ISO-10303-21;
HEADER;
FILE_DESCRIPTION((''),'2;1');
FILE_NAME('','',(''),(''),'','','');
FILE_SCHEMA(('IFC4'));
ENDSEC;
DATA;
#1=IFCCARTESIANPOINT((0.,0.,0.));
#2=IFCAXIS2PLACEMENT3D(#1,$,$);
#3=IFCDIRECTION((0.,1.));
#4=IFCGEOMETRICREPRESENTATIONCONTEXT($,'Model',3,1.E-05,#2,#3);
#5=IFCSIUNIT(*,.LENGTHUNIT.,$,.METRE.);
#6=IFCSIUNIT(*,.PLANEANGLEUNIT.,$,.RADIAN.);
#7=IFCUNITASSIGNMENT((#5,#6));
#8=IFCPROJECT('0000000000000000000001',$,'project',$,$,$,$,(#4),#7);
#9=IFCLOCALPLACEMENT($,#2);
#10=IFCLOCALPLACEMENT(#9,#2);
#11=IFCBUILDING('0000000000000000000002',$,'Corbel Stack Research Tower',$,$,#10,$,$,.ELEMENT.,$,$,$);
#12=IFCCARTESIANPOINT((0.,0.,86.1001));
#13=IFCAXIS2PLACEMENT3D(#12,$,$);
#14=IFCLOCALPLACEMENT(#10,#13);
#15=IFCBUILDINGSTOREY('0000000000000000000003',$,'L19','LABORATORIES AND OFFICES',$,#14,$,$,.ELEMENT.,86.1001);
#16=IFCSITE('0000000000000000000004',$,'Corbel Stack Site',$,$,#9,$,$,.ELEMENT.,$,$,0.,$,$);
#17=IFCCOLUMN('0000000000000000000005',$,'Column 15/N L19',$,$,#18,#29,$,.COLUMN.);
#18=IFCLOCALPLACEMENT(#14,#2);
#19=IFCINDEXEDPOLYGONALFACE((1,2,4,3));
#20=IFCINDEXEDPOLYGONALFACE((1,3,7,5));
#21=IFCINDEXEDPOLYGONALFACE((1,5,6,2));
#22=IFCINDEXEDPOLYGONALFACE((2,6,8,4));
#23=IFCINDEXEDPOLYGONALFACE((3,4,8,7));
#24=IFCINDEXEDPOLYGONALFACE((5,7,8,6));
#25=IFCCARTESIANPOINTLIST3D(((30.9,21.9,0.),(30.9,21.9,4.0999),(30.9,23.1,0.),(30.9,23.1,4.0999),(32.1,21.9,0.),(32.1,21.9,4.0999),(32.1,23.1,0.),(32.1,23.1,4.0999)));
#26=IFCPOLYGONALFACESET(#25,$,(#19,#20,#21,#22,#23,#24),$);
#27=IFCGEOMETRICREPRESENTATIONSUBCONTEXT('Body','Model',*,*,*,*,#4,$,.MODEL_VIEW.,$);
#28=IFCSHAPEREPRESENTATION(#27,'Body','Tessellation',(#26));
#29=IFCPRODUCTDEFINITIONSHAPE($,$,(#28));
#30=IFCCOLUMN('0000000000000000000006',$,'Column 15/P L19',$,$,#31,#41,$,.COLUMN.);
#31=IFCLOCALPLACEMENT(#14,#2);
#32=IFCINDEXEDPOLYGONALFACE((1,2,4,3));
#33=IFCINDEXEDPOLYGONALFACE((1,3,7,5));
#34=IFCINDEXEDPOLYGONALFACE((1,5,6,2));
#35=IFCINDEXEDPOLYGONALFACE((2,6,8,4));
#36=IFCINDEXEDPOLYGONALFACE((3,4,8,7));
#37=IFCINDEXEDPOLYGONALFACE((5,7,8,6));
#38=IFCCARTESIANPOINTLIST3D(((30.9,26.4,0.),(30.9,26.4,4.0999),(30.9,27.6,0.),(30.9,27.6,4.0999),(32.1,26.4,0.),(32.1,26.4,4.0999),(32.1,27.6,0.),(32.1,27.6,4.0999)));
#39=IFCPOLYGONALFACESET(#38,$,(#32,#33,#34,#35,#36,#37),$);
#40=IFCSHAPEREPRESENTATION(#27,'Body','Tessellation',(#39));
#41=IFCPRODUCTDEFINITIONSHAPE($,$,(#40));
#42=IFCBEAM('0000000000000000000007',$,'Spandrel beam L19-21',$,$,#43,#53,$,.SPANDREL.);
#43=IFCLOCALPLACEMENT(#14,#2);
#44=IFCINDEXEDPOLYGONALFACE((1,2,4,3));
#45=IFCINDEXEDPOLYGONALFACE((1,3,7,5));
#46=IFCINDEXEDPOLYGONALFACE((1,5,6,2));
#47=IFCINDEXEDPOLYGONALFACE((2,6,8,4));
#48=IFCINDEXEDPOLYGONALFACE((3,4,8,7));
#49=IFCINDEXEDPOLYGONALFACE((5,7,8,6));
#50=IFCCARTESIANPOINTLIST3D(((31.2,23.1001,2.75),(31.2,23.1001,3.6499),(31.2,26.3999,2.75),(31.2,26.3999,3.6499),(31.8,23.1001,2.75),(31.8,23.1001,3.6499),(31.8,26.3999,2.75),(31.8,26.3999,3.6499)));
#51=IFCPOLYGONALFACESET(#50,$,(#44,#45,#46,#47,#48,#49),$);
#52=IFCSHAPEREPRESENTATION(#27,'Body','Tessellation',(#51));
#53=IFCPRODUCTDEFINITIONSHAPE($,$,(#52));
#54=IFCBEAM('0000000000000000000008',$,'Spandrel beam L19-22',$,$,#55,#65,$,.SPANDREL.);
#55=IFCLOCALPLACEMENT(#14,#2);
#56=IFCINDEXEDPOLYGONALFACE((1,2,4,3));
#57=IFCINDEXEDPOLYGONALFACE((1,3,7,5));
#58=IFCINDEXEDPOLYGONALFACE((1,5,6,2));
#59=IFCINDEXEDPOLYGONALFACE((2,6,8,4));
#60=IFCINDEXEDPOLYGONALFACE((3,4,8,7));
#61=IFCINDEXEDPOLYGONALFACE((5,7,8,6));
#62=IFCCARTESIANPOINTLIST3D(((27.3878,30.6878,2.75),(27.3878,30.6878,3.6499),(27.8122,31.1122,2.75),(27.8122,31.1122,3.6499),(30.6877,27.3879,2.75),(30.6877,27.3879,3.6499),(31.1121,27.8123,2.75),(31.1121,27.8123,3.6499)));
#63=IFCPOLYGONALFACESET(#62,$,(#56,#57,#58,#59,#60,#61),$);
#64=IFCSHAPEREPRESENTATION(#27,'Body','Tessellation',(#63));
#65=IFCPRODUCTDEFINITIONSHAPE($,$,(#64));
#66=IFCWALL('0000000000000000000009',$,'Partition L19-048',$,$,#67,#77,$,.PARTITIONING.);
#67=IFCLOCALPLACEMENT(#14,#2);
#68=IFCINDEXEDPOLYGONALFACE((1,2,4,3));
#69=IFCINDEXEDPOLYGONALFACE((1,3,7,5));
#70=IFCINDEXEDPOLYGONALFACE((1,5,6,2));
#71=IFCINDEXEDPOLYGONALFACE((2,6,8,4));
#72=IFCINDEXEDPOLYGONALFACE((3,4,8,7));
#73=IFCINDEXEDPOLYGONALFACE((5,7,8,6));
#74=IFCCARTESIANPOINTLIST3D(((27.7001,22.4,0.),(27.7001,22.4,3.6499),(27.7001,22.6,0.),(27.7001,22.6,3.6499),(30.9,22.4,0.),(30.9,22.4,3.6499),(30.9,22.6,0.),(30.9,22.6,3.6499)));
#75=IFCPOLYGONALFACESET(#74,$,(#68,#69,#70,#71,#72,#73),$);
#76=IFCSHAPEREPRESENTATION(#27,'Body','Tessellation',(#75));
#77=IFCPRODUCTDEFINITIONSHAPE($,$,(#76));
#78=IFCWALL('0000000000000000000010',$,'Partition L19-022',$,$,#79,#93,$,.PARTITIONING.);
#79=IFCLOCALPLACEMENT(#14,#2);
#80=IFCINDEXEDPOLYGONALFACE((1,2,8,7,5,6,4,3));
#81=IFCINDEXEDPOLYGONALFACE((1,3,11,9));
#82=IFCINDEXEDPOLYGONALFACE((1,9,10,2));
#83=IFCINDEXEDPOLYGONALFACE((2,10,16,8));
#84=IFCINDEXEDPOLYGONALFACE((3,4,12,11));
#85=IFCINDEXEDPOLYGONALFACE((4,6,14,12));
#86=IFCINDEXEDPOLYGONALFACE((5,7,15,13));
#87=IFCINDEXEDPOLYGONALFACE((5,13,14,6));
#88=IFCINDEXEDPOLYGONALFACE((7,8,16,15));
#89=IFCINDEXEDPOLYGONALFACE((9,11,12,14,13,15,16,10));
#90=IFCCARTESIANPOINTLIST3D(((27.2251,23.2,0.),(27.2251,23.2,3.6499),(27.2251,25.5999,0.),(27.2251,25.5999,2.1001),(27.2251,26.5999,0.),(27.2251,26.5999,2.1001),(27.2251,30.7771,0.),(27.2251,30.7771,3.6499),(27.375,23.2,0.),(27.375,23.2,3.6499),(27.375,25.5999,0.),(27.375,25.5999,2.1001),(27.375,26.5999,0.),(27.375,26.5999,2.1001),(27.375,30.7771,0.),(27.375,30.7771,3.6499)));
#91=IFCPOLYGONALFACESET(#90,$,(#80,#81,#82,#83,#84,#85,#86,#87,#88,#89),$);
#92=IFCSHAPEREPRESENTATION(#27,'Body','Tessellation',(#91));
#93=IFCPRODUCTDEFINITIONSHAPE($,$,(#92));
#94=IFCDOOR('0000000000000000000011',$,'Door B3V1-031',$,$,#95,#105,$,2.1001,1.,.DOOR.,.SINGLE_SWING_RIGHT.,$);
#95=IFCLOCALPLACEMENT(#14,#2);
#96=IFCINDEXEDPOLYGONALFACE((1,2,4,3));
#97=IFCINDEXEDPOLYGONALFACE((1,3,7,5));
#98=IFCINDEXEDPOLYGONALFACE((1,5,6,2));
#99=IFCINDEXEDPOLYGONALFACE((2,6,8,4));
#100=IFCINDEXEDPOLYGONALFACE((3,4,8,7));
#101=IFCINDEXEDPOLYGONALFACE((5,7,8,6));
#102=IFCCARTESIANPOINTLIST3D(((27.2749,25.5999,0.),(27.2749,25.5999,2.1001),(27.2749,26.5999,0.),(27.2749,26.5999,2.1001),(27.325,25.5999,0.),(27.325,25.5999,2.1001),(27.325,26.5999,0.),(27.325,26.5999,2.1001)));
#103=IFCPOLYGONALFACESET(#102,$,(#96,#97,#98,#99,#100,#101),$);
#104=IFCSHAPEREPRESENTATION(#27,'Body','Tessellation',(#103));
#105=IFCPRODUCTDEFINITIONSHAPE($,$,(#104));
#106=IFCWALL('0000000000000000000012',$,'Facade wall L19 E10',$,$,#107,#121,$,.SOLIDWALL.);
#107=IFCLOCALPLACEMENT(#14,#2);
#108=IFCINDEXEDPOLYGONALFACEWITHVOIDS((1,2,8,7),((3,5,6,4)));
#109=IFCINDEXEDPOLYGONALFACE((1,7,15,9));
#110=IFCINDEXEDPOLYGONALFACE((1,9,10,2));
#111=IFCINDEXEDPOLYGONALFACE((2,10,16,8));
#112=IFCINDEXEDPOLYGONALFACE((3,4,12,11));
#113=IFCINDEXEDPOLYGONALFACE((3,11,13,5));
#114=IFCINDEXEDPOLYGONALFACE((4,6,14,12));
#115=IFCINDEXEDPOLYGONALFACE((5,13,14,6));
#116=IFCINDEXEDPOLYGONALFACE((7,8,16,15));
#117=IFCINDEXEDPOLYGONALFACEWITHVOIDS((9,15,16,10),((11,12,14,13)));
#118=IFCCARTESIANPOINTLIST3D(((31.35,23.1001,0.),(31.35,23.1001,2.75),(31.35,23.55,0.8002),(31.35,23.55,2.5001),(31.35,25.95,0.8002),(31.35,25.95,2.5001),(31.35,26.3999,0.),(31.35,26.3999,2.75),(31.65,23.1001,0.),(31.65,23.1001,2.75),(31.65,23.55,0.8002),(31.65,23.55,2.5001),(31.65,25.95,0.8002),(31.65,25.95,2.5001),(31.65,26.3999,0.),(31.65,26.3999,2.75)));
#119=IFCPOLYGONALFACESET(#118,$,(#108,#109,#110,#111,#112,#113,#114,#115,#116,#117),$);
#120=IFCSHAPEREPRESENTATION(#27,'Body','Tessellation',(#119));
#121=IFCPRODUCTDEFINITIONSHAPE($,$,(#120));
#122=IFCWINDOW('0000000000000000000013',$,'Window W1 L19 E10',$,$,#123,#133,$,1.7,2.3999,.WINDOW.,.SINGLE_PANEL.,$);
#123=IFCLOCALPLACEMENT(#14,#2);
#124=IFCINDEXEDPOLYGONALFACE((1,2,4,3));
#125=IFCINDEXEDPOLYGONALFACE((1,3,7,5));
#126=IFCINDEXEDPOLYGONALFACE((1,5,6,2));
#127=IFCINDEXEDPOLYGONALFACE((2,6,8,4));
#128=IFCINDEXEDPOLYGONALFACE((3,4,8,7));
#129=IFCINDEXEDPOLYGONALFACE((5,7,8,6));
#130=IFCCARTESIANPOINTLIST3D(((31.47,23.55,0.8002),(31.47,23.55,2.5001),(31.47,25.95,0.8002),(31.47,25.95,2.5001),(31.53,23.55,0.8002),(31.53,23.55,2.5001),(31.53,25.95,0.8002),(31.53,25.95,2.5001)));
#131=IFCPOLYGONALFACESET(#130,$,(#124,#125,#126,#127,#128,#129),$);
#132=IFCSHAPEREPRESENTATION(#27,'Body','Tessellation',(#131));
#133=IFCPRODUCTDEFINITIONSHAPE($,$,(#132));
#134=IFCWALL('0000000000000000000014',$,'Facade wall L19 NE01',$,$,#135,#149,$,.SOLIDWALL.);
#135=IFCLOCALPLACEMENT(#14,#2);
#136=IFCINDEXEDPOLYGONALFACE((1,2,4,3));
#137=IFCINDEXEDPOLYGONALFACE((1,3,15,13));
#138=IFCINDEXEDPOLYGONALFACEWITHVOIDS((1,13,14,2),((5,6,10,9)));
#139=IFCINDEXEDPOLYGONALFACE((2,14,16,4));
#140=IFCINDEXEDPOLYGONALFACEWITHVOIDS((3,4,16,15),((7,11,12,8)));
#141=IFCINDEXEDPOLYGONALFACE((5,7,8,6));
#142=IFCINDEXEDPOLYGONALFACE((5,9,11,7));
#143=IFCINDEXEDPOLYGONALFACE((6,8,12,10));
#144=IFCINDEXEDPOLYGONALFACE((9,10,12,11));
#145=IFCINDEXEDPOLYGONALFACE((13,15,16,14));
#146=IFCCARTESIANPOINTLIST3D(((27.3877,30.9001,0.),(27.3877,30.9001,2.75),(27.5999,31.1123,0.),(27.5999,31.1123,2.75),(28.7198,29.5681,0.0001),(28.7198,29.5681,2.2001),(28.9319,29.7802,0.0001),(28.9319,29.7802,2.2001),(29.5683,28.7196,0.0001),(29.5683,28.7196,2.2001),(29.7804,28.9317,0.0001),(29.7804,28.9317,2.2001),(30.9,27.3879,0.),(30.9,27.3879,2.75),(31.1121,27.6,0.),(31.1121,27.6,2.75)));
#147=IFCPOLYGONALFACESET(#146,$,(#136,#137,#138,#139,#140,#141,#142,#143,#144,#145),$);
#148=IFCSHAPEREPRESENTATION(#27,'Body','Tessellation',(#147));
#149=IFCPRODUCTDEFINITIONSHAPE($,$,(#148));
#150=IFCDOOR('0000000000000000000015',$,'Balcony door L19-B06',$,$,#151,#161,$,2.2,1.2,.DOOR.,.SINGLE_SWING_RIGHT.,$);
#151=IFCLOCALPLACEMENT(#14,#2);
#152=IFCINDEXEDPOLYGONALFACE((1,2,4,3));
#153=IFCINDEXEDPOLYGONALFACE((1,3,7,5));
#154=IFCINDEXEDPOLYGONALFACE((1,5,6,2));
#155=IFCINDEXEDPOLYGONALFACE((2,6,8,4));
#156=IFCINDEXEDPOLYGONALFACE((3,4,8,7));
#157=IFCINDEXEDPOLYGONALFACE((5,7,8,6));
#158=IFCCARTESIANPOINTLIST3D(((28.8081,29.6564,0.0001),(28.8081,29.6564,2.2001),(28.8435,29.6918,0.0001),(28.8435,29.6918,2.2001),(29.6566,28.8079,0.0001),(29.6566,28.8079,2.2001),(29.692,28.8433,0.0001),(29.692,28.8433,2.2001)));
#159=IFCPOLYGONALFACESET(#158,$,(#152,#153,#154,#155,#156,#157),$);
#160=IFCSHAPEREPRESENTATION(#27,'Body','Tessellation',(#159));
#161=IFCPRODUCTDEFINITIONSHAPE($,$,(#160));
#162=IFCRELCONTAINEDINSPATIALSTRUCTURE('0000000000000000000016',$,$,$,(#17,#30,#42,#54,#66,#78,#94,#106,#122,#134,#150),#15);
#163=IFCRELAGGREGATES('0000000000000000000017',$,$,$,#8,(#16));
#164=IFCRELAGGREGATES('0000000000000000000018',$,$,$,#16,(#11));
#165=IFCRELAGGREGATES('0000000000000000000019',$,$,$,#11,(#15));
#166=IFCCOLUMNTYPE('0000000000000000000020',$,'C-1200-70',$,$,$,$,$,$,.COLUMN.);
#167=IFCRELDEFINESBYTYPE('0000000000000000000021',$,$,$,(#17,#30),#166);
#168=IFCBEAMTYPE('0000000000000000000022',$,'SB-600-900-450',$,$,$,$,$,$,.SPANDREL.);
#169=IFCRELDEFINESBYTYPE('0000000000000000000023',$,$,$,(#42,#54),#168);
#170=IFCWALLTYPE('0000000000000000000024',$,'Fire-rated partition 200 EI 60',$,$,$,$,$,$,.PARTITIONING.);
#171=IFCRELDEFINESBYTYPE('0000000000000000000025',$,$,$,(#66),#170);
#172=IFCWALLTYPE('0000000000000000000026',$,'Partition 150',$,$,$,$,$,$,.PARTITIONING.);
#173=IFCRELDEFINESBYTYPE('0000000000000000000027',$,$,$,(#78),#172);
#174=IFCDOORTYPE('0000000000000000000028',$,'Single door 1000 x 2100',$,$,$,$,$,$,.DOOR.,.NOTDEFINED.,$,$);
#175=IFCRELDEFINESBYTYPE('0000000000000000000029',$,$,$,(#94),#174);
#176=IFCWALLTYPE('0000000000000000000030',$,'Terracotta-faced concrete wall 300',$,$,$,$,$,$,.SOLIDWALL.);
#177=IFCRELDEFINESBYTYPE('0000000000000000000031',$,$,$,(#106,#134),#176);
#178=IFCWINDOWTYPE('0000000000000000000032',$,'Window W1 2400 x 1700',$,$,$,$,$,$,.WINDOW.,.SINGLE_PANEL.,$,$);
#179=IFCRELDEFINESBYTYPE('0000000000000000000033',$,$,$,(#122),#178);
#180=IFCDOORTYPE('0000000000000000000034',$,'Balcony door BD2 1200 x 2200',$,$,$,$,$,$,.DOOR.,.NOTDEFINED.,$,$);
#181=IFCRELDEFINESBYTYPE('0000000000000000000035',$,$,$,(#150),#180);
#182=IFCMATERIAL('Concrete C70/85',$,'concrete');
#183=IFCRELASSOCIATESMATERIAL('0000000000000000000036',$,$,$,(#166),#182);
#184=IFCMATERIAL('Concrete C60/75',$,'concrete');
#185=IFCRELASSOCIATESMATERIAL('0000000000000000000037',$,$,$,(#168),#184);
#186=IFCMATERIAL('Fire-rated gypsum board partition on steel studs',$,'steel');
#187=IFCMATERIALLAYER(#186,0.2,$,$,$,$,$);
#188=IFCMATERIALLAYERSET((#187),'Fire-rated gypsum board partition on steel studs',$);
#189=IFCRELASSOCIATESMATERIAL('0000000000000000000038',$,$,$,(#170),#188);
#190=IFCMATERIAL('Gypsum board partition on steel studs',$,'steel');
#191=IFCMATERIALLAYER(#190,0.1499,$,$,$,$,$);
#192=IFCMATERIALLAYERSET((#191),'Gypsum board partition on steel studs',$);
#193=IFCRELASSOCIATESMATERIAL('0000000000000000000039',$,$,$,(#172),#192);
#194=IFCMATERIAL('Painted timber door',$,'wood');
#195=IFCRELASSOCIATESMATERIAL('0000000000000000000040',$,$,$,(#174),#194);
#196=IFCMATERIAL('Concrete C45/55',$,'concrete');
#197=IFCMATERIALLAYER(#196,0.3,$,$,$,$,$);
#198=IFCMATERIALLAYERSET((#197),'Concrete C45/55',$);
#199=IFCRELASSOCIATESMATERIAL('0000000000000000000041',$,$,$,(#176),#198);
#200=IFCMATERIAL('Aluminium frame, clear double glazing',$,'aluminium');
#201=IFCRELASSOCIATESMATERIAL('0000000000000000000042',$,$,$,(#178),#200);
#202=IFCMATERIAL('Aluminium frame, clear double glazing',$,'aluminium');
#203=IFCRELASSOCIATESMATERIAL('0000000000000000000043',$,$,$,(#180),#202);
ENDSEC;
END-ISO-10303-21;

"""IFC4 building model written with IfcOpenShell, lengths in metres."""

from ifc_helpers import new_model, si_unit, direction, frame, frame_2d, origin, origin_2d, place, context, subcontext, project, spatial, rectangle, extrude, material, layer, layer_set, material_profile, profile_set, type_object, element, fill, save


model = new_model("IFC4")

# Units and contexts
model_context = context("Model", 3, precision=1e-05, world=origin(), true_north=direction((0.0, 1.0)))
body_context = subcontext(model_context, "Body", "Model", "MODEL_VIEW")
ifc_project = project(units=[si_unit("LENGTHUNIT", "METRE"), si_unit("PLANEANGLEUNIT", "RADIAN")], contexts=[model_context])

# Site, building, storey
site_placement = place(None, origin())
site = spatial("IfcSite", under=ifc_project, at=site_placement, Name="Corbel Stack Site", CompositionType="ELEMENT", RefElevation=0.0)
building_placement = place(site_placement, origin())
building = spatial("IfcBuilding", under=site, at=building_placement, Name="Corbel Stack Research Tower", CompositionType="ELEMENT")
storey_placement = place(building_placement, frame((0.0, 0.0, 86.1001)))
storey = spatial("IfcBuildingStorey", under=building, at=storey_placement, Name="L19", Description="LABORATORIES AND OFFICES", CompositionType="ELEMENT", Elevation=86.1001)

# Columns
ifc_material_1 = material(Name="Concrete C70/85", Category="concrete")
ifc_material_profile_1 = material_profile(ifc_material_1, rectangle(XDim=1.2, YDim=1.2, at=origin_2d()), Name="RC 1200 x 1200")
ifc_profile_set_1 = profile_set([ifc_material_profile_1], Name="Concrete C70/85")
column_type = type_object("IfcColumnType", Name="C-1200-70", PredefinedType="COLUMN", material=ifc_profile_set_1)
for number, where, z_axis, x_axis, name in (
    (1, (31.5, 22.5, 0.0), (0.0, 0.0, 1.0), (1.0, 0.0, 0.0), "Column 15/N L19"),
    (2, (31.5, 27.0, 0.0), (0.0, 0.0, 1.0), (1.0, 0.0, 0.0), "Column 15/P L19"),
):
    element("IfcColumn", number, at=place(storey_placement, frame(where, z_axis=z_axis, x_axis=x_axis)), inside=storey, type_object=column_type, Name=name, PredefinedType="COLUMN", context=body_context, shape_type="SweptSolid", body=[
        extrude(rectangle(XDim=1.2, YDim=1.2, at=origin_2d()), origin(), (0.0, 0.0, 1.0), 4.0999),
    ])

# Beams
ifc_material_2 = material(Name="Concrete C60/75", Category="concrete")
ifc_material_profile_2 = material_profile(ifc_material_2, rectangle(XDim=0.6001, YDim=0.8999, at=origin_2d()), Name="RC 600 x 900")
ifc_profile_set_2 = profile_set([ifc_material_profile_2], Name="Concrete C60/75")
beam_type = type_object("IfcBeamType", Name="SB-600-900-450", PredefinedType="SPANDREL", material=ifc_profile_set_2)
beam_1_placement = place(storey_placement, frame((31.5, 23.1001, 3.2), z_axis=(0.0, 1.0, 0.0), x_axis=(-1.0, 0.0, 0.0)))
element("IfcBeam", 3, at=beam_1_placement, inside=storey, type_object=beam_type, Name="Spandrel beam L19-21", PredefinedType="SPANDREL", context=body_context, shape_type="SweptSolid", body=[
    extrude(rectangle(XDim=0.6001, YDim=0.8999, at=origin_2d()), origin(), (0.0, 0.0, 1.0), 3.2998),
])
beam_2_placement = place(storey_placement, frame((30.8999, 27.6001, 3.2), z_axis=(-0.707107, 0.707107, 0.0), x_axis=(-0.707107, -0.707107, 0.0)))
element("IfcBeam", 4, at=beam_2_placement, inside=storey, type_object=beam_type, Name="Spandrel beam L19-22", PredefinedType="SPANDREL", context=body_context, shape_type="SweptSolid", body=[
    extrude(rectangle(XDim=0.6001, YDim=0.8999, at=origin_2d()), origin(), (0.0, 0.0, 1.0), 4.6667),
])

# Wall
ifc_material_3 = material(Name="Fire-rated gypsum board partition on steel studs", Category="steel")
ifc_layer_1 = layer(ifc_material_3, 0.2)
ifc_layer_set_1 = layer_set([ifc_layer_1], Name="Fire-rated gypsum board partition on steel studs")
wall_type_1 = type_object("IfcWallType", Name="Fire-rated partition 200 EI 60", PredefinedType="PARTITIONING", material=ifc_layer_set_1)
wall_1_placement = place(storey_placement, frame((27.7, 22.5, 0.0), z_axis=(0.0, 0.0, 1.0), x_axis=(1.0, 0.0, 0.0)))
element("IfcWall", 5, at=wall_1_placement, inside=storey, type_object=wall_type_1, Name="Partition L19-048", PredefinedType="PARTITIONING", context=body_context, shape_type="SweptSolid", body=[
    extrude(rectangle(XDim=3.2, YDim=0.2, at=frame_2d((1.6001, 0.0))), origin(), (0.0, 0.0, 1.0), 3.6499),
])

# Wall, opening, door
ifc_material_4 = material(Name="Gypsum board partition on steel studs", Category="steel")
ifc_layer_2 = layer(ifc_material_4, 0.1499)
ifc_layer_set_2 = layer_set([ifc_layer_2], Name="Gypsum board partition on steel studs")
wall_type_2 = type_object("IfcWallType", Name="Partition 150", PredefinedType="PARTITIONING", material=ifc_layer_set_2)
wall_2_placement = place(storey_placement, frame((27.3, 30.7771, 0.0), z_axis=(0.0, 0.0, 1.0), x_axis=(0.0, -1.0, 0.0)))
wall_2 = element("IfcWall", 6, at=wall_2_placement, inside=storey, type_object=wall_type_2, Name="Partition L19-022", PredefinedType="PARTITIONING", context=body_context, shape_type="SweptSolid", body=[
    extrude(rectangle(XDim=7.5771, YDim=0.1499, at=frame_2d((3.7886, 0.0))), origin(), (0.0, 0.0, 1.0), 3.6499),
])
opening_1_placement = place(wall_2_placement, frame((4.1772, 0.0, 0.0)))
opening_1 = element("IfcOpeningElement", 7, at=opening_1_placement, cuts=wall_2, PredefinedType="OPENING", context=body_context, shape_type="SweptSolid", body=[
    extrude(rectangle(XDim=1.0, YDim=2.1001, at=frame_2d((0.5, 1.05))), frame((0.0, 0.085, 0.0), z_axis=(0.0, -1.0, 0.0), x_axis=(1.0, 0.0, 0.0)), (0.0, 0.0, 1.0), 0.1699),
])
ifc_material_5 = material(Name="Painted timber door", Category="wood")
door_type_1 = type_object("IfcDoorType", Name="Single door 1000 x 2100", OperationType="NOTDEFINED", PredefinedType="DOOR", material=ifc_material_5)
door_1_placement = place(opening_1_placement, origin())
door_1 = element("IfcDoor", 8, at=door_1_placement, inside=storey, type_object=door_type_1, Name="Door B3V1-031", OperationType="SINGLE_SWING_RIGHT", OverallHeight=2.1001, OverallWidth=1.0, PredefinedType="DOOR", context=body_context, shape_type="SweptSolid", body=[
    extrude(rectangle(XDim=1.0, YDim=2.1001, at=frame_2d((0.5, 1.05))), frame((0.0, 0.0249, 0.0), z_axis=(0.0, -1.0, 0.0), x_axis=(1.0, 0.0, 0.0)), (0.0, 0.0, 1.0), 0.05),
])
fill(opening_1, door_1)

# Wall, opening, window
ifc_material_6 = material(Name="Concrete C45/55", Category="concrete")
ifc_layer_3 = layer(ifc_material_6, 0.3)
ifc_layer_set_3 = layer_set([ifc_layer_3], Name="Concrete C45/55")
wall_type_3 = type_object("IfcWallType", Name="Terracotta-faced concrete wall 300", PredefinedType="SOLIDWALL", material=ifc_layer_set_3)
wall_3_placement = place(storey_placement, frame((31.5, 26.3999, 0.0), z_axis=(0.0, 0.0, 1.0), x_axis=(0.0, -1.0, 0.0)))
wall_3 = element("IfcWall", 9, at=wall_3_placement, inside=storey, type_object=wall_type_3, Name="Facade wall L19 E10", PredefinedType="SOLIDWALL", context=body_context, shape_type="SweptSolid", body=[
    extrude(rectangle(XDim=3.2998, YDim=0.3, at=frame_2d((1.6499, 0.0))), origin(), (0.0, 0.0, 1.0), 2.75),
])
opening_2_placement = place(wall_3_placement, frame((0.45, 0.0, 0.8)))
opening_2 = element("IfcOpeningElement", 10, at=opening_2_placement, cuts=wall_3, PredefinedType="OPENING", context=body_context, shape_type="SweptSolid", body=[
    extrude(rectangle(XDim=2.3999, YDim=1.7, at=frame_2d((1.2, 0.8501))), frame((0.0, 0.1599, 0.0), z_axis=(0.0, -1.0, 0.0), x_axis=(1.0, 0.0, 0.0)), (0.0, 0.0, 1.0), 0.3201),
])
ifc_material_7 = material(Name="Aluminium frame, clear double glazing", Category="aluminium")
window_type = type_object("IfcWindowType", Name="Window W1 2400 x 1700", PartitioningType="SINGLE_PANEL", PredefinedType="WINDOW", material=ifc_material_7)
window_placement = place(opening_2_placement, origin())
window = element("IfcWindow", 11, at=window_placement, inside=storey, type_object=window_type, Name="Window W1 L19 E10", OverallHeight=1.7, OverallWidth=2.3999, PartitioningType="SINGLE_PANEL", PredefinedType="WINDOW", context=body_context, shape_type="SweptSolid", body=[
    extrude(rectangle(XDim=2.3999, YDim=1.7, at=frame_2d((1.2, 0.8501))), frame((0.0, 0.03, 0.0), z_axis=(0.0, -1.0, 0.0), x_axis=(1.0, 0.0, 0.0)), (0.0, 0.0, 1.0), 0.0601),
])
fill(opening_2, window)

# Wall, opening, door
wall_4_placement = place(storey_placement, frame((27.4939, 31.0061, 0.0), z_axis=(0.0, 0.0, 1.0), x_axis=(0.707107, -0.707107, 0.0)))
wall_4 = element("IfcWall", 12, at=wall_4_placement, inside=storey, type_object=wall_type_3, Name="Facade wall L19 NE01", PredefinedType="SOLIDWALL", context=body_context, shape_type="SweptSolid", body=[
    extrude(rectangle(XDim=4.967, YDim=0.3, at=frame_2d((2.4834, 0.0))), origin(), (0.0, 0.0, 1.0), 2.75),
])
opening_3_placement = place(wall_4_placement, frame((1.8835, 0.0, 0.0)))
opening_3 = element("IfcOpeningElement", 13, at=opening_3_placement, cuts=wall_4, PredefinedType="OPENING", context=body_context, shape_type="SweptSolid", body=[
    extrude(rectangle(XDim=1.2, YDim=2.2, at=frame_2d((0.6001, 1.1001))), frame((0.0, 0.1599, 0.0), z_axis=(0.0, -1.0, 0.0), x_axis=(1.0, 0.0, 0.0)), (0.0, 0.0, 1.0), 0.3201),
])
ifc_material_8 = material(Name="Aluminium frame, clear double glazing", Category="aluminium")
door_type_2 = type_object("IfcDoorType", Name="Balcony door BD2 1200 x 2200", OperationType="NOTDEFINED", PredefinedType="DOOR", material=ifc_material_8)
door_2_placement = place(opening_3_placement, origin())
door_2 = element("IfcDoor", 14, at=door_2_placement, inside=storey, type_object=door_type_2, Name="Balcony door L19-B06", OperationType="SINGLE_SWING_RIGHT", OverallHeight=2.2, OverallWidth=1.2, PredefinedType="DOOR", context=body_context, shape_type="SweptSolid", body=[
    extrude(rectangle(XDim=1.2, YDim=2.2, at=frame_2d((0.6001, 1.1001))), frame((0.0, 0.0249, 0.0), z_axis=(0.0, -1.0, 0.0), x_axis=(1.0, 0.0, 0.0)), (0.0, 0.0, 1.0), 0.05),
])
fill(opening_3, door_2)

save(model, "model.ifc")
